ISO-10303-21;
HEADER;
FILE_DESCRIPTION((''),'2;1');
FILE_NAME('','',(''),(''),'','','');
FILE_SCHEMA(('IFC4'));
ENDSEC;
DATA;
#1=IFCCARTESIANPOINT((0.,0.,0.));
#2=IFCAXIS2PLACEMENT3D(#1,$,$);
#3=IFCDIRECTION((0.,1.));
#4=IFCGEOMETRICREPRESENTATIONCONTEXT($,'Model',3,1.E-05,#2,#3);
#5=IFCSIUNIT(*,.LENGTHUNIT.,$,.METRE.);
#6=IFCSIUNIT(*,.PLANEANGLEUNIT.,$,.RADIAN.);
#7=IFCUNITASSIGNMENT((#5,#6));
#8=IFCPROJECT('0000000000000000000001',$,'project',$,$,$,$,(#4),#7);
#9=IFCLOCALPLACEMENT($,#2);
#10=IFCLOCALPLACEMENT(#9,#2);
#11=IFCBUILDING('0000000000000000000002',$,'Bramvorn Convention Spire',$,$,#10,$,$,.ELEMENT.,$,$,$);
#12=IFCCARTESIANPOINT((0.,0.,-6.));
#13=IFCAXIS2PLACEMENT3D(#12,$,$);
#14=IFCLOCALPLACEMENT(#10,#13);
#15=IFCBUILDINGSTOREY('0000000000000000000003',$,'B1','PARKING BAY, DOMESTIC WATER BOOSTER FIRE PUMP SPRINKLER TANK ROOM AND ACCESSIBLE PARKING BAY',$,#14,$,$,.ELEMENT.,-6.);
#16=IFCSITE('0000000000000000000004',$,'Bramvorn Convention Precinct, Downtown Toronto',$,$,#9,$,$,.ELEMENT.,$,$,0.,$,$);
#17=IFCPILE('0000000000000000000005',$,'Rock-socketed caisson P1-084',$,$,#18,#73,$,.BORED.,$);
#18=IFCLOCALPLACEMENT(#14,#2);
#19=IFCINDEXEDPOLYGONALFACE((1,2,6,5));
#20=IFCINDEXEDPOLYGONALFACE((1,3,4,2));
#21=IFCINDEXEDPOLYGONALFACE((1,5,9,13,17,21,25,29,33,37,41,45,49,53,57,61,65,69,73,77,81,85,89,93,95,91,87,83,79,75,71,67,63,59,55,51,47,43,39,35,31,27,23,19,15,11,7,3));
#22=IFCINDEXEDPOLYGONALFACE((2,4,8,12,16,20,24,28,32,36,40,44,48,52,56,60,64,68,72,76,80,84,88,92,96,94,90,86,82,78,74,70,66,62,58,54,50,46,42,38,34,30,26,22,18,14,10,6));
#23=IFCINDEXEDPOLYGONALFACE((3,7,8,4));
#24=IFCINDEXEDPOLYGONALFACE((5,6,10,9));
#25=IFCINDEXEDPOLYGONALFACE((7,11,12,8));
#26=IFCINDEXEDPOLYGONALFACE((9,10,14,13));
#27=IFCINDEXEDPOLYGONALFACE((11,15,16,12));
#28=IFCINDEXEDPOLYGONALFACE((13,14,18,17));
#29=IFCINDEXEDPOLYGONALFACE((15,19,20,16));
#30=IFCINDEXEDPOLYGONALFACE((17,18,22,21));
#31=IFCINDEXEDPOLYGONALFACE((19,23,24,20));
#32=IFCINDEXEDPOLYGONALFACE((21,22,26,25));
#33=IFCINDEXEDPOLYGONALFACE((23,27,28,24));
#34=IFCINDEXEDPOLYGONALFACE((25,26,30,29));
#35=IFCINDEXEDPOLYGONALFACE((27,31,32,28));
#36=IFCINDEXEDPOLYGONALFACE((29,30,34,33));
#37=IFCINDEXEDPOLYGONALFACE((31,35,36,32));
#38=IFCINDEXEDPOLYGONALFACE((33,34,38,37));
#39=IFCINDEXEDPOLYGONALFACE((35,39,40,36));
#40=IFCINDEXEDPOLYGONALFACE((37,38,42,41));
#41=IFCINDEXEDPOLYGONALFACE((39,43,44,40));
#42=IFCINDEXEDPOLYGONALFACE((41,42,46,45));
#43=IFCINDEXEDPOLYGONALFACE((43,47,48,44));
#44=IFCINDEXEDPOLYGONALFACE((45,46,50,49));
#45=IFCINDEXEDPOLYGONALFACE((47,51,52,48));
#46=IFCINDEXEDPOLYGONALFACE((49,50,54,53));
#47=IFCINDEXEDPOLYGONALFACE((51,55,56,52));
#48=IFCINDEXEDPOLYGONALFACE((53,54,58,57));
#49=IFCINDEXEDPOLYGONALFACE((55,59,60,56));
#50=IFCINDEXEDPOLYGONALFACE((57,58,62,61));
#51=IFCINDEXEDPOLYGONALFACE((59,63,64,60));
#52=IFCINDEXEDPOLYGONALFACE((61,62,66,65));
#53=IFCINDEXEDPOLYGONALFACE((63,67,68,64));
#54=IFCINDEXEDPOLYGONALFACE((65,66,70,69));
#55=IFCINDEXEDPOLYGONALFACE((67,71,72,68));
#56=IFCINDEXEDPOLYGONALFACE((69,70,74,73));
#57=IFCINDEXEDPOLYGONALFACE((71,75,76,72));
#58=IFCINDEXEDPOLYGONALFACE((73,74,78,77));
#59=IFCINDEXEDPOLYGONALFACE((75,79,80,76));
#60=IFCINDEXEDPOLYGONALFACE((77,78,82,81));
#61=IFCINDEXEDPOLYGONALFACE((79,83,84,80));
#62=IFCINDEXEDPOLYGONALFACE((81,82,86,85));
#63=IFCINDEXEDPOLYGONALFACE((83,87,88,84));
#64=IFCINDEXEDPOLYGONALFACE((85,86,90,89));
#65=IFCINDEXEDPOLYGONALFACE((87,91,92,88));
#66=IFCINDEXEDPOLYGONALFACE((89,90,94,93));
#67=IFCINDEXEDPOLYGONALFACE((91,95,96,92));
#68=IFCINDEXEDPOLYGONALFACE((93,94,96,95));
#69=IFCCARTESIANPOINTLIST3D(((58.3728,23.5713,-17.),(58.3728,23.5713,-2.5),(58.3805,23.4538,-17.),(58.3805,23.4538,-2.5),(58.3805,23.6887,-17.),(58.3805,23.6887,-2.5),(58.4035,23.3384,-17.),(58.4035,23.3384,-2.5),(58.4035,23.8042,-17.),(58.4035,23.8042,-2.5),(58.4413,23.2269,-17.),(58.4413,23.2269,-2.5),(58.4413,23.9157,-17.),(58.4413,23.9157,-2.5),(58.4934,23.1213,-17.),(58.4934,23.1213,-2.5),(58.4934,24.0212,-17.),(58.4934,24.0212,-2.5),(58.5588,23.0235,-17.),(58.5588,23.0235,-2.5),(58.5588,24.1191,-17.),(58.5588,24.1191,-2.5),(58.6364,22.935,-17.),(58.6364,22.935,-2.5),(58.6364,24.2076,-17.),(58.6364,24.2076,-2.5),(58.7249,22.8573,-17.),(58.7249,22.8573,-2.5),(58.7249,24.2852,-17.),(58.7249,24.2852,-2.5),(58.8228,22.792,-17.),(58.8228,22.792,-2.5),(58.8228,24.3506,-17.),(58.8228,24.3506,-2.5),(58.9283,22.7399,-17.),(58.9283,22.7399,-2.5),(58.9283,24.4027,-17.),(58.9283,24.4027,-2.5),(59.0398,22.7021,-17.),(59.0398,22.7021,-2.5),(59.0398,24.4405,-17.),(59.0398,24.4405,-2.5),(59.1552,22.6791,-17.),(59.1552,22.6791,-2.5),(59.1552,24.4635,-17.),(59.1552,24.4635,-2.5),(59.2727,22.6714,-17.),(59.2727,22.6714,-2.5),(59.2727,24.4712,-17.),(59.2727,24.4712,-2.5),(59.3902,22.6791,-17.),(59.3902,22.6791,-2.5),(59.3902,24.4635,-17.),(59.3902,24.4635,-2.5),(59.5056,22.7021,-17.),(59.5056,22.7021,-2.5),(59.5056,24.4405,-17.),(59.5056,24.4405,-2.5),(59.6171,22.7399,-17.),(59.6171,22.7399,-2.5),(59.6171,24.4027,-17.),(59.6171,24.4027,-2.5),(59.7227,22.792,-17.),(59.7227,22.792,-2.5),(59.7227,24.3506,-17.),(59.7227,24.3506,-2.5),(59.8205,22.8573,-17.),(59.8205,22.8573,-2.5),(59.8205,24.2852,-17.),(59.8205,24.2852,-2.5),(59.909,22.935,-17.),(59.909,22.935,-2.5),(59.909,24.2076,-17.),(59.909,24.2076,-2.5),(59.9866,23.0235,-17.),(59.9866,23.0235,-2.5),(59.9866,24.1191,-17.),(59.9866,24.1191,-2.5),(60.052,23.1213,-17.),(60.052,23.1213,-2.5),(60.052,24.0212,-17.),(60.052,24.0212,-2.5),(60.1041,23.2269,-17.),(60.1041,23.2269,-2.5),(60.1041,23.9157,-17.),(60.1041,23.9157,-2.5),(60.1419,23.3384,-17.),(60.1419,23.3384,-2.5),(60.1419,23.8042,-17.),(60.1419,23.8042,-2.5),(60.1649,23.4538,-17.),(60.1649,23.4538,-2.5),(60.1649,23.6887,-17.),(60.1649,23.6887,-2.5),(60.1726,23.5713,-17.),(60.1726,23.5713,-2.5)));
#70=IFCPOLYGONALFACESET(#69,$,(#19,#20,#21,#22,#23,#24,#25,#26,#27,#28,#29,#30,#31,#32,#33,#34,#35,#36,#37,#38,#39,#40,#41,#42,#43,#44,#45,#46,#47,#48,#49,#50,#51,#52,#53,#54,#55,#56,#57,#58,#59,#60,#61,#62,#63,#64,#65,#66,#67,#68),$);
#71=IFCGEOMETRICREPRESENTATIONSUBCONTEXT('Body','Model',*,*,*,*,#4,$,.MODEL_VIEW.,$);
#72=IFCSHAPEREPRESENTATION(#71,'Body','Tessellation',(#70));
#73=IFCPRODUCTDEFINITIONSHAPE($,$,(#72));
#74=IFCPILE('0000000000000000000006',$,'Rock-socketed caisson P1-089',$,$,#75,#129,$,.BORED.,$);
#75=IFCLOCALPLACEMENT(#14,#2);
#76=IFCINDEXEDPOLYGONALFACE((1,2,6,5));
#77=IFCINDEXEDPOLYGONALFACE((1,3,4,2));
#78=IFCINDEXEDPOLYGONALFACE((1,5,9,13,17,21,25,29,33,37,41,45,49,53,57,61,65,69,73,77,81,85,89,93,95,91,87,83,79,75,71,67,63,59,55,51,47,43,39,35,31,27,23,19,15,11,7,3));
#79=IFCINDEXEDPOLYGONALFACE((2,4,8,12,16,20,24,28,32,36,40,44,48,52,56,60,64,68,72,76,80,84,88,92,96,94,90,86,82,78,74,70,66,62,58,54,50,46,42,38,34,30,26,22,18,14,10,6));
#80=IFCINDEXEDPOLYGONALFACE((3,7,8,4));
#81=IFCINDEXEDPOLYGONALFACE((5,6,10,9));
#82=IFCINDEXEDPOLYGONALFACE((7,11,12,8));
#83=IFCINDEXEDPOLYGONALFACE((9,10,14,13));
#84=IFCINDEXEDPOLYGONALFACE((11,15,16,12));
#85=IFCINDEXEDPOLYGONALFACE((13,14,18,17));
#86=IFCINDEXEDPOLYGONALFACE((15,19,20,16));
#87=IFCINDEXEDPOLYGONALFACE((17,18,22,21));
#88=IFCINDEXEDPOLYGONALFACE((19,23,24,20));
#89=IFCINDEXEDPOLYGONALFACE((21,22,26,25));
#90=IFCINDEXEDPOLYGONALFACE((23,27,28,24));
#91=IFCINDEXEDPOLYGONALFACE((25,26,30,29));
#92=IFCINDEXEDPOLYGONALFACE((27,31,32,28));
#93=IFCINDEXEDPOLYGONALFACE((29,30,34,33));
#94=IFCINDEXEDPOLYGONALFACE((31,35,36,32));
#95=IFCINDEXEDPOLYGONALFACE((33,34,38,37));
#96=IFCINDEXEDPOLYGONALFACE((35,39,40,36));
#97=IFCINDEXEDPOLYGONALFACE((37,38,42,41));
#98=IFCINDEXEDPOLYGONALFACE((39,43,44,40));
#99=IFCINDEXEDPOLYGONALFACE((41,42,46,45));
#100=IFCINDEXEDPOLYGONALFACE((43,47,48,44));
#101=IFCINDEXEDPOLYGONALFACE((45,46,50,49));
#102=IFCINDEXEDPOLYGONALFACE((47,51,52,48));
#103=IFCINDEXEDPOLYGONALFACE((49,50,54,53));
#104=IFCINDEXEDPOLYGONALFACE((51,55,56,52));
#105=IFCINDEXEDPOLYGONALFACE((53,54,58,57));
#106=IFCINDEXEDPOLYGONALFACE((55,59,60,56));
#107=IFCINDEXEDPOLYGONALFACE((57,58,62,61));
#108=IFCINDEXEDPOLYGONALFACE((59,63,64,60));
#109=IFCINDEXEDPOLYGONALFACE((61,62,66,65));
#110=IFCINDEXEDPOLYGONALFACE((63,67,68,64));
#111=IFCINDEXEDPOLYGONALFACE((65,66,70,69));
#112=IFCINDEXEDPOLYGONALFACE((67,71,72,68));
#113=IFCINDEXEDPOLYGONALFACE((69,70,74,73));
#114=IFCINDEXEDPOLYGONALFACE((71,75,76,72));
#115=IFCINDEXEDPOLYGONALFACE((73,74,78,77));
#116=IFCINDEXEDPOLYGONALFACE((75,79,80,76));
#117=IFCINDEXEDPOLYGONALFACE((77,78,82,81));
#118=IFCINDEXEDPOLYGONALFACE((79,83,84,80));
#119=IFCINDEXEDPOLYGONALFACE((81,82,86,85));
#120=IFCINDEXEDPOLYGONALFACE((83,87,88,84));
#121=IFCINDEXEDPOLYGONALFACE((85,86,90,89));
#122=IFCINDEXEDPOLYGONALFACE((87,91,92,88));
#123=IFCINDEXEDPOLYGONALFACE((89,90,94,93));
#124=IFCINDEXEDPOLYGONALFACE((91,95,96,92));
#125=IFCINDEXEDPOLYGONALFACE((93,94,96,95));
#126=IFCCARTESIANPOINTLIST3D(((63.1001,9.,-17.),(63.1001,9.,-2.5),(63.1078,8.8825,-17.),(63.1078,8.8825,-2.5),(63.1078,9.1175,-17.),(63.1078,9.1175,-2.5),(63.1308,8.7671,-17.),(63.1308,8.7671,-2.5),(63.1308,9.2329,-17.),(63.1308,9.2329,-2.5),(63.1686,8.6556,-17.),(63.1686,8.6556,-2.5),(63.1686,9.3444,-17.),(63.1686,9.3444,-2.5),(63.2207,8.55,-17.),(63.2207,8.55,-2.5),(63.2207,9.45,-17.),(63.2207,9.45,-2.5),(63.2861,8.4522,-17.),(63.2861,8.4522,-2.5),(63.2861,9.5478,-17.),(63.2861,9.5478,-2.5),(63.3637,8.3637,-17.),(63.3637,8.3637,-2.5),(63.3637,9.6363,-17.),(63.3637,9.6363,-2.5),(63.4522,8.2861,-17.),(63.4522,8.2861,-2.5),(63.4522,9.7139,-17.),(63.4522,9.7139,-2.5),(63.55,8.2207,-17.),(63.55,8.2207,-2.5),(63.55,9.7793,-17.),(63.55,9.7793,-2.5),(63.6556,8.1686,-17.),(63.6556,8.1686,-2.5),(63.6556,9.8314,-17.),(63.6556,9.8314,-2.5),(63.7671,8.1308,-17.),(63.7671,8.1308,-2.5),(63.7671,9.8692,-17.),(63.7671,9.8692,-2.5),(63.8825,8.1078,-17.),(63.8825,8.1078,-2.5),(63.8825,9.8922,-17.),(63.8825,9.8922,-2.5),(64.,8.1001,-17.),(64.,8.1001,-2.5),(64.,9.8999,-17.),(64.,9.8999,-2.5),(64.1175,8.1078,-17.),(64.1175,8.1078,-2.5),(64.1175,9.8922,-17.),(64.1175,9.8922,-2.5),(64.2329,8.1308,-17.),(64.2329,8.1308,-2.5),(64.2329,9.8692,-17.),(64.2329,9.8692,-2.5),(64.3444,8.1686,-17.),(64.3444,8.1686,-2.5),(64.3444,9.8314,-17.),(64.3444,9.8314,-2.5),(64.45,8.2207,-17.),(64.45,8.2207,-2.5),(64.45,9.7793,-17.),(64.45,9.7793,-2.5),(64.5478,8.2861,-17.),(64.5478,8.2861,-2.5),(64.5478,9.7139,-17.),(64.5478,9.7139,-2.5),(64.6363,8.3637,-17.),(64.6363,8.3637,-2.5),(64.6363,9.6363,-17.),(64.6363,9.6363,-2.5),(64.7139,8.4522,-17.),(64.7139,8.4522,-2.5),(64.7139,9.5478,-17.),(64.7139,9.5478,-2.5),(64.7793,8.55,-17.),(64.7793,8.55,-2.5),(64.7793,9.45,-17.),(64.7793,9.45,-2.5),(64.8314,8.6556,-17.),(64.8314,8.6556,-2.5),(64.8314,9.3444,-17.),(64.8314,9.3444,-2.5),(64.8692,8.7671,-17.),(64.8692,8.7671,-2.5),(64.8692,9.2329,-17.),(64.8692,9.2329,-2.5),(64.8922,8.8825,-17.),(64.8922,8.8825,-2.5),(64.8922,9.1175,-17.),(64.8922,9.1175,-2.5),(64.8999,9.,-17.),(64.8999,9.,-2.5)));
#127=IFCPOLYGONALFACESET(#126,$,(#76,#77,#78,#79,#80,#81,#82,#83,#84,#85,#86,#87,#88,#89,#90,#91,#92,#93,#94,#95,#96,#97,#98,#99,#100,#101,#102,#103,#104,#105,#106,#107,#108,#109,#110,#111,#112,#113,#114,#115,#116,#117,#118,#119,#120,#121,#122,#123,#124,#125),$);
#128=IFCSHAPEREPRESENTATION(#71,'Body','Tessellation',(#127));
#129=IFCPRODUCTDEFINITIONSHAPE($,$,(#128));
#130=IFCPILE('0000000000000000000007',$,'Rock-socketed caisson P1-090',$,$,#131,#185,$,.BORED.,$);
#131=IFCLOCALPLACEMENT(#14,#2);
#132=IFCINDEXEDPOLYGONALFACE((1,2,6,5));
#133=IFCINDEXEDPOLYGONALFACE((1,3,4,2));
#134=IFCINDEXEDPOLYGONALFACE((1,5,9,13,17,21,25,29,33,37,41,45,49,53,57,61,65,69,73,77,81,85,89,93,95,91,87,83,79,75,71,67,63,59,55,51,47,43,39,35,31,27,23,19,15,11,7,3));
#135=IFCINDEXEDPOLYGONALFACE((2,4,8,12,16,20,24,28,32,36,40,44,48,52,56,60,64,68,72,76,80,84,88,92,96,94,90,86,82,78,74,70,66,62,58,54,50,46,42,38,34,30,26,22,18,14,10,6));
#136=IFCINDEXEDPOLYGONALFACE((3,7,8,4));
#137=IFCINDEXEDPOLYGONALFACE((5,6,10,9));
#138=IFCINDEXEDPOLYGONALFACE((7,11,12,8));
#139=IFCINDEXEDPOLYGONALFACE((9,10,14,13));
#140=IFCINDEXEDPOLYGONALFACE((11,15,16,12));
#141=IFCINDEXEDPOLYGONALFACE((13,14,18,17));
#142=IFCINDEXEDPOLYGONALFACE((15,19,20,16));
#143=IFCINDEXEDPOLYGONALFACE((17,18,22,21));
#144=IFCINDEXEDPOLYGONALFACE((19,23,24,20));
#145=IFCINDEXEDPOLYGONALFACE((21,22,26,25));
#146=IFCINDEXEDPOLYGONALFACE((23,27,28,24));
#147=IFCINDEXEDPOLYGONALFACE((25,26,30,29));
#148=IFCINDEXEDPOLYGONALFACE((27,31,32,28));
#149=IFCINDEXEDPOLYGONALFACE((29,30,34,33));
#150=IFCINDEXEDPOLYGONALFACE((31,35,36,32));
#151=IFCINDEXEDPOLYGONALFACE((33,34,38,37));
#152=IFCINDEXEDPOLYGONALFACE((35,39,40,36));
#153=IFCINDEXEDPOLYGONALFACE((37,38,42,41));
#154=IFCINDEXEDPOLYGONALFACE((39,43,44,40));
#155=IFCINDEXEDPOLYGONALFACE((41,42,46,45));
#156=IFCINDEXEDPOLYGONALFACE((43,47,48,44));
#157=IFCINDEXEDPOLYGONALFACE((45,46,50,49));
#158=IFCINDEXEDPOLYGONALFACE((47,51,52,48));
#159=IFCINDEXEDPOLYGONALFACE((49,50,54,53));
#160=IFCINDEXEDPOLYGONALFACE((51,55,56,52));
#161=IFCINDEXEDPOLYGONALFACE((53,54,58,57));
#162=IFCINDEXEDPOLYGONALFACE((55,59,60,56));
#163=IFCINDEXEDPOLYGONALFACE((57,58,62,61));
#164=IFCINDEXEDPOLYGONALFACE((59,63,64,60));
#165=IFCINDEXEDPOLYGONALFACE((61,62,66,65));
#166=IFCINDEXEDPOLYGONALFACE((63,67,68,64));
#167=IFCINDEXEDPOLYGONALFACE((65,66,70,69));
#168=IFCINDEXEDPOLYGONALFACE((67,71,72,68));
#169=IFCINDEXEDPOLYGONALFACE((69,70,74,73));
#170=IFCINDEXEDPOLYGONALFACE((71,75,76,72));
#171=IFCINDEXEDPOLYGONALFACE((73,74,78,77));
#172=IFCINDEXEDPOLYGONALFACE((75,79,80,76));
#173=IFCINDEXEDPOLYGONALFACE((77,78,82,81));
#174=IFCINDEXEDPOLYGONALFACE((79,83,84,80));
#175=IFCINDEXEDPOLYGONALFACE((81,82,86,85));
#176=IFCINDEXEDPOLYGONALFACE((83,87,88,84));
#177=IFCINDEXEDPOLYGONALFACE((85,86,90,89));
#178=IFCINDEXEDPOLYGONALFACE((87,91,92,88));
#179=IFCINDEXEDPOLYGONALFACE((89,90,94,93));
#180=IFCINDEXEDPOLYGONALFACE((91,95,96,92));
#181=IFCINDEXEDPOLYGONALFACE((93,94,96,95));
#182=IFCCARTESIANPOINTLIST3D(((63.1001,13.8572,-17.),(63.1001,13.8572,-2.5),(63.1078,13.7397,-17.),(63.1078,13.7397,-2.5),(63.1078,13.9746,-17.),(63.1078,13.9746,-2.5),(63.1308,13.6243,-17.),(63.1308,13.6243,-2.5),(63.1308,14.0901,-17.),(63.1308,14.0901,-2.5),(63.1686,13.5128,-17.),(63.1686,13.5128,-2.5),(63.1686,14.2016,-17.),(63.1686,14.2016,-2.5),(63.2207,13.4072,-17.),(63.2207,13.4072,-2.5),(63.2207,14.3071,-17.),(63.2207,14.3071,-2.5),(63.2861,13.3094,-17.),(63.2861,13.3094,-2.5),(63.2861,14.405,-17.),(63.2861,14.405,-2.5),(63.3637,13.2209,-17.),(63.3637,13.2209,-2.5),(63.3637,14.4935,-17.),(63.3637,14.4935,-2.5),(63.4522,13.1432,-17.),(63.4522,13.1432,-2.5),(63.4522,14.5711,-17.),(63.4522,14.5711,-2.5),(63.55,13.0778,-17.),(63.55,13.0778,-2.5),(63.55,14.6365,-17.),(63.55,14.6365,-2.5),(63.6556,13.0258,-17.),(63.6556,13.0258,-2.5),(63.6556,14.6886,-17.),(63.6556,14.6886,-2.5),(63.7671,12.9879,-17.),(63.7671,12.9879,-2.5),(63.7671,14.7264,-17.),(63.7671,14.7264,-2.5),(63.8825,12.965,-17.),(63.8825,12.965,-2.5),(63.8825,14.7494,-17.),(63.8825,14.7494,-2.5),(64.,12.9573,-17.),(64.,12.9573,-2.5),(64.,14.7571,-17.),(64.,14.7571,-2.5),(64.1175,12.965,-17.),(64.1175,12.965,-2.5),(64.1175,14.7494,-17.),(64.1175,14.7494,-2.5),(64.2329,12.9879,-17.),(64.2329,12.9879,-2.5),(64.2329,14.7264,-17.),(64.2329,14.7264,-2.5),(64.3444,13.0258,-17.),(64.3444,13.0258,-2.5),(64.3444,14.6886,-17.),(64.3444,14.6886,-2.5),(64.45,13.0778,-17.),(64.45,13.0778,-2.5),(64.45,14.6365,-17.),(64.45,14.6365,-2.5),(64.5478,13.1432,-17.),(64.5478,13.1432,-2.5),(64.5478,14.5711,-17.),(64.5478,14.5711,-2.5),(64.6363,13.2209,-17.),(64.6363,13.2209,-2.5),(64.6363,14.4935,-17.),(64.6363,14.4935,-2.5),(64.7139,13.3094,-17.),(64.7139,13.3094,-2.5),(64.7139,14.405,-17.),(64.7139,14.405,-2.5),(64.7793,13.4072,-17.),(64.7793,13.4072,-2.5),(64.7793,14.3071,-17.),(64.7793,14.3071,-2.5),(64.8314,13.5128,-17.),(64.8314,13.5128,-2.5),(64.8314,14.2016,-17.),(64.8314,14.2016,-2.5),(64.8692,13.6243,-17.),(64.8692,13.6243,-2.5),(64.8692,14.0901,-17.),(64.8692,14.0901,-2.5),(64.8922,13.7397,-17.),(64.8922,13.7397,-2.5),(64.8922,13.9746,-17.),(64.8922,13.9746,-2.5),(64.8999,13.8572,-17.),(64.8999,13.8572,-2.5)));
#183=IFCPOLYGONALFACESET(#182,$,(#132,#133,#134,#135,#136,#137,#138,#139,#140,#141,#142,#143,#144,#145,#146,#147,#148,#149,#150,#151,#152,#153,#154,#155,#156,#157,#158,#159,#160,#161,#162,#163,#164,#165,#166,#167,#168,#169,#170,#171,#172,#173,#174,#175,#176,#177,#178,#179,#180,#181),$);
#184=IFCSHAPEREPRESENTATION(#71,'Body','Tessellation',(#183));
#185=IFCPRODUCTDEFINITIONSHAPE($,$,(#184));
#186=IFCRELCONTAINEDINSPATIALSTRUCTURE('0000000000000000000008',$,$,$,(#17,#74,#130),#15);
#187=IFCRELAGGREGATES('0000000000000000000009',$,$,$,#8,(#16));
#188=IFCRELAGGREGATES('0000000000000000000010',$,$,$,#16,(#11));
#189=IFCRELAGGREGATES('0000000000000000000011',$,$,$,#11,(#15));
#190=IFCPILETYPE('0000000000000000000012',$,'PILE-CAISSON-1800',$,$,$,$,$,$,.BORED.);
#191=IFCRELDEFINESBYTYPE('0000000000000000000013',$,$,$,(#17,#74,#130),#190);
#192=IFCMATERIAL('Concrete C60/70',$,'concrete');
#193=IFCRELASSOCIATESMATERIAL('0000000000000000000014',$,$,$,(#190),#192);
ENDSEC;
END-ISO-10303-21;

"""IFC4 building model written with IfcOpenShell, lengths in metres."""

from ifc_helpers import new_model, si_unit, direction, frame, origin, origin_2d, place, context, subcontext, project, spatial, circle, extrude, material, material_profile, profile_set, type_object, element, save


model = new_model("IFC4")

# Units and contexts
model_context = context("Model", 3, precision=1e-05, world=origin(), true_north=direction((0.0, 1.0)))
body_context = subcontext(model_context, "Body", "Model", "MODEL_VIEW")
ifc_project = project(units=[si_unit("LENGTHUNIT", "METRE"), si_unit("PLANEANGLEUNIT", "RADIAN")], contexts=[model_context])

# Site, building, storey
site_placement = place(None, origin())
site = spatial("IfcSite", under=ifc_project, at=site_placement, Name="Bramvorn Convention Precinct, Downtown Toronto", CompositionType="ELEMENT", RefElevation=0.0)
building_placement = place(site_placement, origin())
building = spatial("IfcBuilding", under=site, at=building_placement, Name="Bramvorn Convention Spire", CompositionType="ELEMENT")
storey_placement = place(building_placement, frame((0.0, 0.0, -6.0)))
storey = spatial("IfcBuildingStorey", under=building, at=storey_placement, Name="B1", Description="PARKING BAY, DOMESTIC WATER BOOSTER FIRE PUMP SPRINKLER TANK ROOM AND ACCESSIBLE PARKING BAY", CompositionType="ELEMENT", Elevation=-6.0)

# Shared definitions
ifc_material_1 = material(Name="Concrete C60/70", Category="concrete")

# Piles
ifc_material_profile_1 = material_profile(ifc_material_1, circle(Radius=0.8999, at=origin_2d()))
ifc_profile_set_1 = profile_set([ifc_material_profile_1], Name="Concrete C60/70 - CAISSON1800")
pile_type_1 = type_object("IfcPileType", Name="PILE-CAISSON-1800", PredefinedType="BORED", material=ifc_profile_set_1)
for number, where, z_axis, x_axis, name in (
    (1, (59.2727, 23.5713, -2.5), (0.0, 0.0, -1.0), (1.0, 0.0, 0.0), "Rock-socketed caisson P1-084"),
    (2, (64.0, 9.0, -2.5), (0.0, 0.0, -1.0), (1.0, 0.0, 0.0), "Rock-socketed caisson P1-089"),
    (3, (64.0, 13.8572, -2.5), (0.0, 0.0, -1.0), (1.0, 0.0, 0.0), "Rock-socketed caisson P1-090"),
):
    element("IfcPile", number, at=place(storey_placement, frame(where, z_axis=z_axis, x_axis=x_axis)), inside=storey, type_object=pile_type_1, Name=name, PredefinedType="BORED", context=body_context, shape_type="SweptSolid", body=[
        extrude(circle(Radius=0.8999, at=origin_2d()), origin(), (0.0, 0.0, 1.0), 14.5),
    ])

save(model, "model.ifc")
